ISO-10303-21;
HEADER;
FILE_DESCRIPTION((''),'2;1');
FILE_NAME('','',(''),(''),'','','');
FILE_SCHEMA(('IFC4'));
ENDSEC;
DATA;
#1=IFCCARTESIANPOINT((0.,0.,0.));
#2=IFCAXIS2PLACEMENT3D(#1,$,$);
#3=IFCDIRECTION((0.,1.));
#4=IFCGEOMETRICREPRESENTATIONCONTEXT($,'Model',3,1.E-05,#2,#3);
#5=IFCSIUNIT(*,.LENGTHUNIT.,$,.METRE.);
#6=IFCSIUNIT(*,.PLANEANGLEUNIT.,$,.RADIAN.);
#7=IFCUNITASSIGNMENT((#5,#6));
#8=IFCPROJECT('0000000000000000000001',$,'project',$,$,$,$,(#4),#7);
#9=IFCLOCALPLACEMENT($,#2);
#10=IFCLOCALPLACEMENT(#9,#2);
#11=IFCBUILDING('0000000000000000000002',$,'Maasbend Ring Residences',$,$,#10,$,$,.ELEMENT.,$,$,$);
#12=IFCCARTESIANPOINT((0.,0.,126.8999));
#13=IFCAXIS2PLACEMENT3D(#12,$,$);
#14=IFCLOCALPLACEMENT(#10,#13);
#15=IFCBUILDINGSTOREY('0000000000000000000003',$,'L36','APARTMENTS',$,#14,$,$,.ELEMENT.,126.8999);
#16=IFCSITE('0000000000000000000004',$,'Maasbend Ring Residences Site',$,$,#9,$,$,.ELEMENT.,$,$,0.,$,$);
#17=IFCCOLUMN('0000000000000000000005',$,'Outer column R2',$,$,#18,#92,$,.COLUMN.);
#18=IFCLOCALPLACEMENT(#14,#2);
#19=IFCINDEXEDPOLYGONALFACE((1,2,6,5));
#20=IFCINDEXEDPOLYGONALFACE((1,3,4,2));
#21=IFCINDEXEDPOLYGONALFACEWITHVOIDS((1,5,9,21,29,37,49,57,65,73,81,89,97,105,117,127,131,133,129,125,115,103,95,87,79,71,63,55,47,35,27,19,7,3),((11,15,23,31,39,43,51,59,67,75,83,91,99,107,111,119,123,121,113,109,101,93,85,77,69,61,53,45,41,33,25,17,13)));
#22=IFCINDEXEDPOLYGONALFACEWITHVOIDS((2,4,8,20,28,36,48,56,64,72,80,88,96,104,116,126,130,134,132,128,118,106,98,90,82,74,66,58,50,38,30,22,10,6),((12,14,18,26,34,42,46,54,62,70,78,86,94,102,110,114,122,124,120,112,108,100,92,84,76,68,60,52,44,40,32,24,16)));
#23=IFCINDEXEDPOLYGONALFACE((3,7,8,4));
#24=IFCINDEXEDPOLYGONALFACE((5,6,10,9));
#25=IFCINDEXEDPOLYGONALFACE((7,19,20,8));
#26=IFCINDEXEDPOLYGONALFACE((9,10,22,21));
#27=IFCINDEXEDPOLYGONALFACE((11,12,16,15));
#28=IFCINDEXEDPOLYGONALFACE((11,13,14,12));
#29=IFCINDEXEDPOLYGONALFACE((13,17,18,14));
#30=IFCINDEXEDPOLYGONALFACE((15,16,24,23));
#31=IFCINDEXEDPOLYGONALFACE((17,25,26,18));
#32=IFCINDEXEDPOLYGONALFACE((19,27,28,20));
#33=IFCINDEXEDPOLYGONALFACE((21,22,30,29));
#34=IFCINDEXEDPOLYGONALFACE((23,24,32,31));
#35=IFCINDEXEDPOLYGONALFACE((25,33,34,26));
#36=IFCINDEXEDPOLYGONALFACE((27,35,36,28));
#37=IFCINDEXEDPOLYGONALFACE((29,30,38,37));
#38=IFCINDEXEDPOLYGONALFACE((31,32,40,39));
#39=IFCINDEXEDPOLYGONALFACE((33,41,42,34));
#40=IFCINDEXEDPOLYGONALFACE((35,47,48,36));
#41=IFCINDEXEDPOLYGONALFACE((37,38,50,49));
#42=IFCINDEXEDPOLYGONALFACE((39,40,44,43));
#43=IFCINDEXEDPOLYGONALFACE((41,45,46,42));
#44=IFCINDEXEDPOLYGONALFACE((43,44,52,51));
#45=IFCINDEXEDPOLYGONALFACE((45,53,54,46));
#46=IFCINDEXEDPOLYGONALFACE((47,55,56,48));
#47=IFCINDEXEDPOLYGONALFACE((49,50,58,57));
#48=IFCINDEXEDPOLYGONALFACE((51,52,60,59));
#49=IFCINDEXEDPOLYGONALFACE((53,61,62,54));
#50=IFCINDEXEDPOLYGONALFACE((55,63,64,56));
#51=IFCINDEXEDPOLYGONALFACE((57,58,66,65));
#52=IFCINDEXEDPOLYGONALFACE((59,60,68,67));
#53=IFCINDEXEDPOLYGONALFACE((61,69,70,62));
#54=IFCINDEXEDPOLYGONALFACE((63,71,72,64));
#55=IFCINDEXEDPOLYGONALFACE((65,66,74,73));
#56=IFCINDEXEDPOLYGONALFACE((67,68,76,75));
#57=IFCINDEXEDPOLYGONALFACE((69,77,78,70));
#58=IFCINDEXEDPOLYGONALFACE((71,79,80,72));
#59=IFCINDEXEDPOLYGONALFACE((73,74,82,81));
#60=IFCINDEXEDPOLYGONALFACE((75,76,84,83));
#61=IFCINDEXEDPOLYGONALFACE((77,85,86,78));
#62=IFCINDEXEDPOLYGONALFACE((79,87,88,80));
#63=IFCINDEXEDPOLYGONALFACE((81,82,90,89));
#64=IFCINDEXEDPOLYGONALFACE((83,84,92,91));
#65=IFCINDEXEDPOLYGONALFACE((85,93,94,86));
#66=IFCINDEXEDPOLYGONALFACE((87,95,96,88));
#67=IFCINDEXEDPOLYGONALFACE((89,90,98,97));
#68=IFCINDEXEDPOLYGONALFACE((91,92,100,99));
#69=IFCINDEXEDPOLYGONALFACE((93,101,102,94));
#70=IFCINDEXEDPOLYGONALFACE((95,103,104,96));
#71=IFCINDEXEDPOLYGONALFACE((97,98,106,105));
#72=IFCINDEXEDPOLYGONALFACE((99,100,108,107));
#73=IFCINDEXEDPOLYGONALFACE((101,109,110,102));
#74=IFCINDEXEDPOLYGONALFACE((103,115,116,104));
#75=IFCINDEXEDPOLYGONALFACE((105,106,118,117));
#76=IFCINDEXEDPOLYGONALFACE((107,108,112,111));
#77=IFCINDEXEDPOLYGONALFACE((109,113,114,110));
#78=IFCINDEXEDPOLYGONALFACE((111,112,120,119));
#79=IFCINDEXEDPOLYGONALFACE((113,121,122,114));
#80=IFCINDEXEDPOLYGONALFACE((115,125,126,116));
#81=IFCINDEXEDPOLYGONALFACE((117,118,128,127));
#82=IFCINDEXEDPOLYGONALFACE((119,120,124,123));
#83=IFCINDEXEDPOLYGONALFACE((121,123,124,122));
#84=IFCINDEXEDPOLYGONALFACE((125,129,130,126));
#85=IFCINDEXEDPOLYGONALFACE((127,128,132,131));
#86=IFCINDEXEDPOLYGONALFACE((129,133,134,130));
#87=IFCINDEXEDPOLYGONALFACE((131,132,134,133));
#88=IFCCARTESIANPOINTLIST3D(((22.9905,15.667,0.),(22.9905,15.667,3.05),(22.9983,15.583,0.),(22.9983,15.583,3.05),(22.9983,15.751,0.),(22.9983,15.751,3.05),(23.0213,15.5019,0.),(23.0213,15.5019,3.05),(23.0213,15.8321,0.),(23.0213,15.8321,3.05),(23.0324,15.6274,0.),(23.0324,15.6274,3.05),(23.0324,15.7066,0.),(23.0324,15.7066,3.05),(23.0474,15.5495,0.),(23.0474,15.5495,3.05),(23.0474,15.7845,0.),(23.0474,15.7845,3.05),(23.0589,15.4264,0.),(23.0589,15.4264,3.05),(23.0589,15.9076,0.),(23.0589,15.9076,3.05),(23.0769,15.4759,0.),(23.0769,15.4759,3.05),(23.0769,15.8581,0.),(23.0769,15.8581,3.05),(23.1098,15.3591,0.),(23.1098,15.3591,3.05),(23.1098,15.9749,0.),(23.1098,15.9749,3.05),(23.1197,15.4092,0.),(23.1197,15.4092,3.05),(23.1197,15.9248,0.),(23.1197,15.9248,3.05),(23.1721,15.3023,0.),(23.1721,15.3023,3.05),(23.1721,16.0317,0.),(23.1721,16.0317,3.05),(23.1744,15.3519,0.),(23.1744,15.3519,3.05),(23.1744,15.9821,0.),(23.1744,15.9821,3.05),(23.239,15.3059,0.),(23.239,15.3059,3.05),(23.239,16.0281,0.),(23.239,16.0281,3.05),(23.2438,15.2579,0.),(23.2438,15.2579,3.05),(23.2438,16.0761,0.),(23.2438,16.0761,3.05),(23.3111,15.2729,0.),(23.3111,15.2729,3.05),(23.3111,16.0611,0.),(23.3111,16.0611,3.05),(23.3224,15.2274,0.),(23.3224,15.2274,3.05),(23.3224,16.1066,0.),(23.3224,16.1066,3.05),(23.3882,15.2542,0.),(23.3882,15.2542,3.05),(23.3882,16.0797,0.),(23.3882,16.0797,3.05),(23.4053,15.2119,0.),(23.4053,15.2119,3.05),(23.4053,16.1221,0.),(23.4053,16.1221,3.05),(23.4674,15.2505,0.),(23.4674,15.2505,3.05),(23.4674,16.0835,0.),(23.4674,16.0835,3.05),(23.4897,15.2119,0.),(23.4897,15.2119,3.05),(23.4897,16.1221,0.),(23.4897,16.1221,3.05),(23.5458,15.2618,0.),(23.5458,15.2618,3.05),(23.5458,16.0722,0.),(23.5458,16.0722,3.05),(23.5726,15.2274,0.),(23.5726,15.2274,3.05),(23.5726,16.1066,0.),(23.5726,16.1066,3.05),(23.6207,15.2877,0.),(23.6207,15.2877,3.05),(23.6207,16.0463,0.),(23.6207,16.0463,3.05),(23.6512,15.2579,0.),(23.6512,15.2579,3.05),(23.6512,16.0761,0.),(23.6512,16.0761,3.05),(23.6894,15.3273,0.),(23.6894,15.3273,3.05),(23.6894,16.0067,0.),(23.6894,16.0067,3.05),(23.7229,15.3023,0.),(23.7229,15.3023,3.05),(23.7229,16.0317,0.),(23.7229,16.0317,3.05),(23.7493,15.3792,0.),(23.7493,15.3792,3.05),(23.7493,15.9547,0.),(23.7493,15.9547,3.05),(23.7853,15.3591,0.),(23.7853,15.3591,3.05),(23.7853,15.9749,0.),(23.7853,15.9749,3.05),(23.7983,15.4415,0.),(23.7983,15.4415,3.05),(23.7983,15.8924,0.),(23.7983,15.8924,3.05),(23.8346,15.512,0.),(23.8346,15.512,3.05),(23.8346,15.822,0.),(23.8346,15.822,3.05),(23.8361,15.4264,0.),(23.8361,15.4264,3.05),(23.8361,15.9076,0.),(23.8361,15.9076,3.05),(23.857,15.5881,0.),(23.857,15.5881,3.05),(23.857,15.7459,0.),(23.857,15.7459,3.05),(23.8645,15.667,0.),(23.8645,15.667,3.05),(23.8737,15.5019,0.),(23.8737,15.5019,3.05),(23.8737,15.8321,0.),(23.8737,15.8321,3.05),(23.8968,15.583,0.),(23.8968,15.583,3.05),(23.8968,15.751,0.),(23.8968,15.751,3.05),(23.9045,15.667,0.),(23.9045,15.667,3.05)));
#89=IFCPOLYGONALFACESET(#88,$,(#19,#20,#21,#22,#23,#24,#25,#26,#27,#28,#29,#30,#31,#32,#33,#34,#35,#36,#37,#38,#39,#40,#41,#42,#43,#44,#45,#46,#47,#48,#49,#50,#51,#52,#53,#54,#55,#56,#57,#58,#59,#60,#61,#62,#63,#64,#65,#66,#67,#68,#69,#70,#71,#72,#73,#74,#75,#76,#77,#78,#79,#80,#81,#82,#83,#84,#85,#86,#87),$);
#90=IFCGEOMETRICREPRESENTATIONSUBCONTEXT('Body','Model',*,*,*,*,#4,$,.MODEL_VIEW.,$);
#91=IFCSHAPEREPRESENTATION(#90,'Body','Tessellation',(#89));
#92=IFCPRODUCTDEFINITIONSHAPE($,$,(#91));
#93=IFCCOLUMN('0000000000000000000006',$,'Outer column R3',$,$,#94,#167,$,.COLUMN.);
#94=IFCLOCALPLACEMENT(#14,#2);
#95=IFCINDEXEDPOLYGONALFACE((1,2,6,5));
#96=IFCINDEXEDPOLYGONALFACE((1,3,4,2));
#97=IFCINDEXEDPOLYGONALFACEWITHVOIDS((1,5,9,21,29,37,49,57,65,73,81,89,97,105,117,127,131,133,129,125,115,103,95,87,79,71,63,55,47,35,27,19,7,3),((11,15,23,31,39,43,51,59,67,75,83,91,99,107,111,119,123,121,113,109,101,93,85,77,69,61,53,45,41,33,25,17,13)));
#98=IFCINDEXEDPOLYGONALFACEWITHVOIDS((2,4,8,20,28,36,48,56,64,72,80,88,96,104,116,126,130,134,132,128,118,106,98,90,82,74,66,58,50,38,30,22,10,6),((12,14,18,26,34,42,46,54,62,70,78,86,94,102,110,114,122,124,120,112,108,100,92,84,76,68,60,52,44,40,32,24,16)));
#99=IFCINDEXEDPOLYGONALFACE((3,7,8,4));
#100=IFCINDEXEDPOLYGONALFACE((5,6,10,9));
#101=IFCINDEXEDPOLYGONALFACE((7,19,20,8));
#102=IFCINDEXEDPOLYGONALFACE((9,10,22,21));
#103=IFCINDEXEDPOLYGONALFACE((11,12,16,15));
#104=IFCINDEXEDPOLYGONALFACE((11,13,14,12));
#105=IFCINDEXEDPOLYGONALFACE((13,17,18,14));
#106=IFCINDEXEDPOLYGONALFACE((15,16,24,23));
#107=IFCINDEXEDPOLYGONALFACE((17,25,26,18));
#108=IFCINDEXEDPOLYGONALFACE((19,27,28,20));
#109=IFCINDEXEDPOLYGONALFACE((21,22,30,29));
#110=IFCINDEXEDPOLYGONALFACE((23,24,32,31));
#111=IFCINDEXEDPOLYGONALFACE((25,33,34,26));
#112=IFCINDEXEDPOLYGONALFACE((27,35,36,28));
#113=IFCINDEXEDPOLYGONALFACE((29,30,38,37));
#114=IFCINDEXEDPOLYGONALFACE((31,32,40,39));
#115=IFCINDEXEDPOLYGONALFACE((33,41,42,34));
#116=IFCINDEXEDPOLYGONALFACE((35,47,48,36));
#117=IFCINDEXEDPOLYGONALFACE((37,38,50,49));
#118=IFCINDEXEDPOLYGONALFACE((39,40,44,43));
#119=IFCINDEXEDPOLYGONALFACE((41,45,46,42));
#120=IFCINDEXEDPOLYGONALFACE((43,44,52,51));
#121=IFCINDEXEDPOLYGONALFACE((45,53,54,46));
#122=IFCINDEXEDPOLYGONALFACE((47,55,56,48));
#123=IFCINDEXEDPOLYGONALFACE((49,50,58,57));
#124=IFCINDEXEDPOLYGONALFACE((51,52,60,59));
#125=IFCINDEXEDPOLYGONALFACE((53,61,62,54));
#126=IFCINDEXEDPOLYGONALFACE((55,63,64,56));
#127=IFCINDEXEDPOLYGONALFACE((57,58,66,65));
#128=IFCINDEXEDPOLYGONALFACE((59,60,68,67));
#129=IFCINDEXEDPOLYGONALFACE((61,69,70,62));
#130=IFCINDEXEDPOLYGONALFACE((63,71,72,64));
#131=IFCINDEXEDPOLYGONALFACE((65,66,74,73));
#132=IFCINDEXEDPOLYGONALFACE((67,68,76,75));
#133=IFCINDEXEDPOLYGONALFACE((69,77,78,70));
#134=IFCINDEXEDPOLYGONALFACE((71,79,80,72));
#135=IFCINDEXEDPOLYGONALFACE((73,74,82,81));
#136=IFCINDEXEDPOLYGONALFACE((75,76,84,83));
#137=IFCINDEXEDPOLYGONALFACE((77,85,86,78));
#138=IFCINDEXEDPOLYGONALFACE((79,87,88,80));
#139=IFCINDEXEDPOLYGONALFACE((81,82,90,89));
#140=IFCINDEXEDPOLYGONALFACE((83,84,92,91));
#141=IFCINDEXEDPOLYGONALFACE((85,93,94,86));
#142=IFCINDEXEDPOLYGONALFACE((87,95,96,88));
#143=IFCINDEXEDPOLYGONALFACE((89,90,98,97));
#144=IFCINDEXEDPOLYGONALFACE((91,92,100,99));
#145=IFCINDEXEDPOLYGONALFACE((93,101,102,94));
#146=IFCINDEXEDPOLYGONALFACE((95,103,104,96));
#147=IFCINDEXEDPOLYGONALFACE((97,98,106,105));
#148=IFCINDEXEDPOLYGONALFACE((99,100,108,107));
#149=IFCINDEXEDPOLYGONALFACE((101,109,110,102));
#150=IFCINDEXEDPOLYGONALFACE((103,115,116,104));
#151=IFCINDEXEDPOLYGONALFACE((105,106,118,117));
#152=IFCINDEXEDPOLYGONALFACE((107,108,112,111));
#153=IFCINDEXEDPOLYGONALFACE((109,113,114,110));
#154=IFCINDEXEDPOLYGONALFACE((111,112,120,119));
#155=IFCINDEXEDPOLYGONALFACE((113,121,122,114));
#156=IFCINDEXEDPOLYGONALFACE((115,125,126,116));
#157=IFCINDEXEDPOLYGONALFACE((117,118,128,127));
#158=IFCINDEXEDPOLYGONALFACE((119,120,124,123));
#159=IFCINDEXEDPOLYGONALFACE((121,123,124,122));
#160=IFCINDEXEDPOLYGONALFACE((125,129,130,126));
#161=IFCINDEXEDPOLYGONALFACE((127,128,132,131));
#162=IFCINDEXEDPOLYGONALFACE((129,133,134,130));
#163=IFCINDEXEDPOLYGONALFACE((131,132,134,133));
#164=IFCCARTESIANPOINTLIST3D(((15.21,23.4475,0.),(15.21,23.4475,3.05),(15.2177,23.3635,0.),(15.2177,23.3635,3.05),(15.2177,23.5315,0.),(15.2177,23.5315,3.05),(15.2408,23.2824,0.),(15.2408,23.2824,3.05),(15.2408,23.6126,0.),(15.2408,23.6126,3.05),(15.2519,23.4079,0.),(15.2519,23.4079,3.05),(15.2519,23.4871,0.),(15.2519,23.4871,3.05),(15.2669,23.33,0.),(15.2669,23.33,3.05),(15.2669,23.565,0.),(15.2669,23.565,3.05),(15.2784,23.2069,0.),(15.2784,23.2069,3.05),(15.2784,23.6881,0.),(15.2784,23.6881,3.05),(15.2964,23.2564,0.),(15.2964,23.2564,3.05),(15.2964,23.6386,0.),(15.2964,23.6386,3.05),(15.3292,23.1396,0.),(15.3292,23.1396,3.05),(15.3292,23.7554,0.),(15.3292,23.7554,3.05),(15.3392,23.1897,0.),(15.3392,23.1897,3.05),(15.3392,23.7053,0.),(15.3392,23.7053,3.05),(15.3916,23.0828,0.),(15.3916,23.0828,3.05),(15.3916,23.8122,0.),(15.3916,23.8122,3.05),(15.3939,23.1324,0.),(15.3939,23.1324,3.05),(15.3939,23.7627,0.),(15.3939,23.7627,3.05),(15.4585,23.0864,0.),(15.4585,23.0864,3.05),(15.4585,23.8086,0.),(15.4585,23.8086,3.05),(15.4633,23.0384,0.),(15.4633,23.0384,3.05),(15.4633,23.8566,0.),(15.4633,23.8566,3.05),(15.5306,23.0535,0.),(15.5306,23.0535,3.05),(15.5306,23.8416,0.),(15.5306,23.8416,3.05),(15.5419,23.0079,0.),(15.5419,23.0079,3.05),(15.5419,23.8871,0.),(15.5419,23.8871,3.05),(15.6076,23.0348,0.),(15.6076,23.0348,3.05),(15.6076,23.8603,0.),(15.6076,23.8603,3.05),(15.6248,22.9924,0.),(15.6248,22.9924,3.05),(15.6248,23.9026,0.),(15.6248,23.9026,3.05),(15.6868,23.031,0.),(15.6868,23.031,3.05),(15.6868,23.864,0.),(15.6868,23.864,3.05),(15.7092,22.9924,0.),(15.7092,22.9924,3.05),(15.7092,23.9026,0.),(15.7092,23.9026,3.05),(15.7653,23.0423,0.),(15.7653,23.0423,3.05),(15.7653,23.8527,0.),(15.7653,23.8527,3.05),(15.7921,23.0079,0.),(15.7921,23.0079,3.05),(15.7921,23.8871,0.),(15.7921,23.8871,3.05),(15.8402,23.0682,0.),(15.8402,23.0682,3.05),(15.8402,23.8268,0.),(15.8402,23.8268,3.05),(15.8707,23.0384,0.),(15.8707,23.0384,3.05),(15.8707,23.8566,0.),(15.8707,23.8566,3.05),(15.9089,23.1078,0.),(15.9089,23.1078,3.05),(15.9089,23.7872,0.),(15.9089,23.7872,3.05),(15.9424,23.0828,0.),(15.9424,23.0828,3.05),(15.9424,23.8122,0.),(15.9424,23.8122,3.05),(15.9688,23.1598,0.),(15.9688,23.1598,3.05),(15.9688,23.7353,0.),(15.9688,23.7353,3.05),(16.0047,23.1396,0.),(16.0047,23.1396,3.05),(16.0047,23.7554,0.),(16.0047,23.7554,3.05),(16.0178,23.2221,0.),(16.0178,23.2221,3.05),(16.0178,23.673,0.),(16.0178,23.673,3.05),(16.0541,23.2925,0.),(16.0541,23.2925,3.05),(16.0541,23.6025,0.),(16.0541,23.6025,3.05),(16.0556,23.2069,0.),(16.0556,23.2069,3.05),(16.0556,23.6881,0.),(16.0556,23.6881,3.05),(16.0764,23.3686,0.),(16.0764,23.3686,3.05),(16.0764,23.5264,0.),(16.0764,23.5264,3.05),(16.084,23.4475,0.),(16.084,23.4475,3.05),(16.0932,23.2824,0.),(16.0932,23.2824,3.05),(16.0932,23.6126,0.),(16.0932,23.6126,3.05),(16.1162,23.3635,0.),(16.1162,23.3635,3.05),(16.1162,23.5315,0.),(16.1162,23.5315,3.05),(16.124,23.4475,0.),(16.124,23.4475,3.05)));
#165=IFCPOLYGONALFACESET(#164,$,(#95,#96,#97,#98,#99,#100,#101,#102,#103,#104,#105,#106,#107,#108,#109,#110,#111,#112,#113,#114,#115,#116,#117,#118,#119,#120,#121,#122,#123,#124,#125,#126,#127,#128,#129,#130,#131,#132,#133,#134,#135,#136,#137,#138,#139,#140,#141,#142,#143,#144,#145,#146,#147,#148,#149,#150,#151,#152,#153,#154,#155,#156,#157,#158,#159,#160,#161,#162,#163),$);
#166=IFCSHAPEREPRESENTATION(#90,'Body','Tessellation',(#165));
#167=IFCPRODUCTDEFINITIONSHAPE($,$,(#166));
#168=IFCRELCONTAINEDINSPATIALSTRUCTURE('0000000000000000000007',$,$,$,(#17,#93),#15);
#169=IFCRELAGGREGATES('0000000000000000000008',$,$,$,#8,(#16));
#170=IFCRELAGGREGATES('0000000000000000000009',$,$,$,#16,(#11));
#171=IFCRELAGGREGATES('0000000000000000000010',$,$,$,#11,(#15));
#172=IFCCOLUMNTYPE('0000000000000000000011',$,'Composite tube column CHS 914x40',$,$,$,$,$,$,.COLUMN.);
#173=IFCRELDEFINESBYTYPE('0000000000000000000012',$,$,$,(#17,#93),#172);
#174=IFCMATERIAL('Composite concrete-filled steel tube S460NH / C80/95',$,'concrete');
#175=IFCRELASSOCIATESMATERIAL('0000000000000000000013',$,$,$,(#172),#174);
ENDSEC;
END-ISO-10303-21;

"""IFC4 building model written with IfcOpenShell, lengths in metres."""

from ifc_helpers import new_model, si_unit, direction, frame, origin, origin_2d, place, context, subcontext, project, spatial, hollow_circle, extrude, material, material_profile, profile_set, type_object, element, save


model = new_model("IFC4")

# Units and contexts
model_context = context("Model", 3, precision=1e-05, world=origin(), true_north=direction((0.0, 1.0)))
body_context = subcontext(model_context, "Body", "Model", "MODEL_VIEW")
ifc_project = project(units=[si_unit("LENGTHUNIT", "METRE"), si_unit("PLANEANGLEUNIT", "RADIAN")], contexts=[model_context])

# Site, building, storey
site_placement = place(None, origin())
site = spatial("IfcSite", under=ifc_project, at=site_placement, Name="Maasbend Ring Residences Site", CompositionType="ELEMENT", RefElevation=0.0)
building_placement = place(site_placement, origin())
building = spatial("IfcBuilding", under=site, at=building_placement, Name="Maasbend Ring Residences", CompositionType="ELEMENT")
storey_placement = place(building_placement, frame((0.0, 0.0, 126.8999)))
storey = spatial("IfcBuildingStorey", under=building, at=storey_placement, Name="L36", Description="APARTMENTS", CompositionType="ELEMENT", Elevation=126.8999)

# Columns
ifc_material_1 = material(Name="Composite concrete-filled steel tube S460NH / C80/95", Category="concrete")
ifc_material_profile_1 = material_profile(ifc_material_1, hollow_circle(Radius=0.457, WallThickness=0.04, at=origin_2d()), Name="Composite tube column CHS 914x40")
ifc_profile_set_1 = profile_set([ifc_material_profile_1], Name="Composite concrete-filled steel tube S460NH / C80/95")
column_type = type_object("IfcColumnType", Name="Composite tube column CHS 914x40", PredefinedType="COLUMN", material=ifc_profile_set_1)
for number, where, z_axis, x_axis, name in (
    (1, (23.4475, 15.667, 0.0), (0.0, 0.0, 1.0), (1.0, 0.0, 0.0), "Outer column R2"),
    (2, (15.667, 23.4475, 0.0), (0.0, 0.0, 1.0), (1.0, 0.0, 0.0), "Outer column R3"),
):
    element("IfcColumn", number, at=place(storey_placement, frame(where, z_axis=z_axis, x_axis=x_axis)), inside=storey, type_object=column_type, Name=name, PredefinedType="COLUMN", context=body_context, shape_type="SweptSolid", body=[
        extrude(hollow_circle(Radius=0.457, WallThickness=0.04, at=origin_2d()), origin(), (0.0, 0.0, 1.0), 3.05),
    ])

save(model, "model.ifc")
